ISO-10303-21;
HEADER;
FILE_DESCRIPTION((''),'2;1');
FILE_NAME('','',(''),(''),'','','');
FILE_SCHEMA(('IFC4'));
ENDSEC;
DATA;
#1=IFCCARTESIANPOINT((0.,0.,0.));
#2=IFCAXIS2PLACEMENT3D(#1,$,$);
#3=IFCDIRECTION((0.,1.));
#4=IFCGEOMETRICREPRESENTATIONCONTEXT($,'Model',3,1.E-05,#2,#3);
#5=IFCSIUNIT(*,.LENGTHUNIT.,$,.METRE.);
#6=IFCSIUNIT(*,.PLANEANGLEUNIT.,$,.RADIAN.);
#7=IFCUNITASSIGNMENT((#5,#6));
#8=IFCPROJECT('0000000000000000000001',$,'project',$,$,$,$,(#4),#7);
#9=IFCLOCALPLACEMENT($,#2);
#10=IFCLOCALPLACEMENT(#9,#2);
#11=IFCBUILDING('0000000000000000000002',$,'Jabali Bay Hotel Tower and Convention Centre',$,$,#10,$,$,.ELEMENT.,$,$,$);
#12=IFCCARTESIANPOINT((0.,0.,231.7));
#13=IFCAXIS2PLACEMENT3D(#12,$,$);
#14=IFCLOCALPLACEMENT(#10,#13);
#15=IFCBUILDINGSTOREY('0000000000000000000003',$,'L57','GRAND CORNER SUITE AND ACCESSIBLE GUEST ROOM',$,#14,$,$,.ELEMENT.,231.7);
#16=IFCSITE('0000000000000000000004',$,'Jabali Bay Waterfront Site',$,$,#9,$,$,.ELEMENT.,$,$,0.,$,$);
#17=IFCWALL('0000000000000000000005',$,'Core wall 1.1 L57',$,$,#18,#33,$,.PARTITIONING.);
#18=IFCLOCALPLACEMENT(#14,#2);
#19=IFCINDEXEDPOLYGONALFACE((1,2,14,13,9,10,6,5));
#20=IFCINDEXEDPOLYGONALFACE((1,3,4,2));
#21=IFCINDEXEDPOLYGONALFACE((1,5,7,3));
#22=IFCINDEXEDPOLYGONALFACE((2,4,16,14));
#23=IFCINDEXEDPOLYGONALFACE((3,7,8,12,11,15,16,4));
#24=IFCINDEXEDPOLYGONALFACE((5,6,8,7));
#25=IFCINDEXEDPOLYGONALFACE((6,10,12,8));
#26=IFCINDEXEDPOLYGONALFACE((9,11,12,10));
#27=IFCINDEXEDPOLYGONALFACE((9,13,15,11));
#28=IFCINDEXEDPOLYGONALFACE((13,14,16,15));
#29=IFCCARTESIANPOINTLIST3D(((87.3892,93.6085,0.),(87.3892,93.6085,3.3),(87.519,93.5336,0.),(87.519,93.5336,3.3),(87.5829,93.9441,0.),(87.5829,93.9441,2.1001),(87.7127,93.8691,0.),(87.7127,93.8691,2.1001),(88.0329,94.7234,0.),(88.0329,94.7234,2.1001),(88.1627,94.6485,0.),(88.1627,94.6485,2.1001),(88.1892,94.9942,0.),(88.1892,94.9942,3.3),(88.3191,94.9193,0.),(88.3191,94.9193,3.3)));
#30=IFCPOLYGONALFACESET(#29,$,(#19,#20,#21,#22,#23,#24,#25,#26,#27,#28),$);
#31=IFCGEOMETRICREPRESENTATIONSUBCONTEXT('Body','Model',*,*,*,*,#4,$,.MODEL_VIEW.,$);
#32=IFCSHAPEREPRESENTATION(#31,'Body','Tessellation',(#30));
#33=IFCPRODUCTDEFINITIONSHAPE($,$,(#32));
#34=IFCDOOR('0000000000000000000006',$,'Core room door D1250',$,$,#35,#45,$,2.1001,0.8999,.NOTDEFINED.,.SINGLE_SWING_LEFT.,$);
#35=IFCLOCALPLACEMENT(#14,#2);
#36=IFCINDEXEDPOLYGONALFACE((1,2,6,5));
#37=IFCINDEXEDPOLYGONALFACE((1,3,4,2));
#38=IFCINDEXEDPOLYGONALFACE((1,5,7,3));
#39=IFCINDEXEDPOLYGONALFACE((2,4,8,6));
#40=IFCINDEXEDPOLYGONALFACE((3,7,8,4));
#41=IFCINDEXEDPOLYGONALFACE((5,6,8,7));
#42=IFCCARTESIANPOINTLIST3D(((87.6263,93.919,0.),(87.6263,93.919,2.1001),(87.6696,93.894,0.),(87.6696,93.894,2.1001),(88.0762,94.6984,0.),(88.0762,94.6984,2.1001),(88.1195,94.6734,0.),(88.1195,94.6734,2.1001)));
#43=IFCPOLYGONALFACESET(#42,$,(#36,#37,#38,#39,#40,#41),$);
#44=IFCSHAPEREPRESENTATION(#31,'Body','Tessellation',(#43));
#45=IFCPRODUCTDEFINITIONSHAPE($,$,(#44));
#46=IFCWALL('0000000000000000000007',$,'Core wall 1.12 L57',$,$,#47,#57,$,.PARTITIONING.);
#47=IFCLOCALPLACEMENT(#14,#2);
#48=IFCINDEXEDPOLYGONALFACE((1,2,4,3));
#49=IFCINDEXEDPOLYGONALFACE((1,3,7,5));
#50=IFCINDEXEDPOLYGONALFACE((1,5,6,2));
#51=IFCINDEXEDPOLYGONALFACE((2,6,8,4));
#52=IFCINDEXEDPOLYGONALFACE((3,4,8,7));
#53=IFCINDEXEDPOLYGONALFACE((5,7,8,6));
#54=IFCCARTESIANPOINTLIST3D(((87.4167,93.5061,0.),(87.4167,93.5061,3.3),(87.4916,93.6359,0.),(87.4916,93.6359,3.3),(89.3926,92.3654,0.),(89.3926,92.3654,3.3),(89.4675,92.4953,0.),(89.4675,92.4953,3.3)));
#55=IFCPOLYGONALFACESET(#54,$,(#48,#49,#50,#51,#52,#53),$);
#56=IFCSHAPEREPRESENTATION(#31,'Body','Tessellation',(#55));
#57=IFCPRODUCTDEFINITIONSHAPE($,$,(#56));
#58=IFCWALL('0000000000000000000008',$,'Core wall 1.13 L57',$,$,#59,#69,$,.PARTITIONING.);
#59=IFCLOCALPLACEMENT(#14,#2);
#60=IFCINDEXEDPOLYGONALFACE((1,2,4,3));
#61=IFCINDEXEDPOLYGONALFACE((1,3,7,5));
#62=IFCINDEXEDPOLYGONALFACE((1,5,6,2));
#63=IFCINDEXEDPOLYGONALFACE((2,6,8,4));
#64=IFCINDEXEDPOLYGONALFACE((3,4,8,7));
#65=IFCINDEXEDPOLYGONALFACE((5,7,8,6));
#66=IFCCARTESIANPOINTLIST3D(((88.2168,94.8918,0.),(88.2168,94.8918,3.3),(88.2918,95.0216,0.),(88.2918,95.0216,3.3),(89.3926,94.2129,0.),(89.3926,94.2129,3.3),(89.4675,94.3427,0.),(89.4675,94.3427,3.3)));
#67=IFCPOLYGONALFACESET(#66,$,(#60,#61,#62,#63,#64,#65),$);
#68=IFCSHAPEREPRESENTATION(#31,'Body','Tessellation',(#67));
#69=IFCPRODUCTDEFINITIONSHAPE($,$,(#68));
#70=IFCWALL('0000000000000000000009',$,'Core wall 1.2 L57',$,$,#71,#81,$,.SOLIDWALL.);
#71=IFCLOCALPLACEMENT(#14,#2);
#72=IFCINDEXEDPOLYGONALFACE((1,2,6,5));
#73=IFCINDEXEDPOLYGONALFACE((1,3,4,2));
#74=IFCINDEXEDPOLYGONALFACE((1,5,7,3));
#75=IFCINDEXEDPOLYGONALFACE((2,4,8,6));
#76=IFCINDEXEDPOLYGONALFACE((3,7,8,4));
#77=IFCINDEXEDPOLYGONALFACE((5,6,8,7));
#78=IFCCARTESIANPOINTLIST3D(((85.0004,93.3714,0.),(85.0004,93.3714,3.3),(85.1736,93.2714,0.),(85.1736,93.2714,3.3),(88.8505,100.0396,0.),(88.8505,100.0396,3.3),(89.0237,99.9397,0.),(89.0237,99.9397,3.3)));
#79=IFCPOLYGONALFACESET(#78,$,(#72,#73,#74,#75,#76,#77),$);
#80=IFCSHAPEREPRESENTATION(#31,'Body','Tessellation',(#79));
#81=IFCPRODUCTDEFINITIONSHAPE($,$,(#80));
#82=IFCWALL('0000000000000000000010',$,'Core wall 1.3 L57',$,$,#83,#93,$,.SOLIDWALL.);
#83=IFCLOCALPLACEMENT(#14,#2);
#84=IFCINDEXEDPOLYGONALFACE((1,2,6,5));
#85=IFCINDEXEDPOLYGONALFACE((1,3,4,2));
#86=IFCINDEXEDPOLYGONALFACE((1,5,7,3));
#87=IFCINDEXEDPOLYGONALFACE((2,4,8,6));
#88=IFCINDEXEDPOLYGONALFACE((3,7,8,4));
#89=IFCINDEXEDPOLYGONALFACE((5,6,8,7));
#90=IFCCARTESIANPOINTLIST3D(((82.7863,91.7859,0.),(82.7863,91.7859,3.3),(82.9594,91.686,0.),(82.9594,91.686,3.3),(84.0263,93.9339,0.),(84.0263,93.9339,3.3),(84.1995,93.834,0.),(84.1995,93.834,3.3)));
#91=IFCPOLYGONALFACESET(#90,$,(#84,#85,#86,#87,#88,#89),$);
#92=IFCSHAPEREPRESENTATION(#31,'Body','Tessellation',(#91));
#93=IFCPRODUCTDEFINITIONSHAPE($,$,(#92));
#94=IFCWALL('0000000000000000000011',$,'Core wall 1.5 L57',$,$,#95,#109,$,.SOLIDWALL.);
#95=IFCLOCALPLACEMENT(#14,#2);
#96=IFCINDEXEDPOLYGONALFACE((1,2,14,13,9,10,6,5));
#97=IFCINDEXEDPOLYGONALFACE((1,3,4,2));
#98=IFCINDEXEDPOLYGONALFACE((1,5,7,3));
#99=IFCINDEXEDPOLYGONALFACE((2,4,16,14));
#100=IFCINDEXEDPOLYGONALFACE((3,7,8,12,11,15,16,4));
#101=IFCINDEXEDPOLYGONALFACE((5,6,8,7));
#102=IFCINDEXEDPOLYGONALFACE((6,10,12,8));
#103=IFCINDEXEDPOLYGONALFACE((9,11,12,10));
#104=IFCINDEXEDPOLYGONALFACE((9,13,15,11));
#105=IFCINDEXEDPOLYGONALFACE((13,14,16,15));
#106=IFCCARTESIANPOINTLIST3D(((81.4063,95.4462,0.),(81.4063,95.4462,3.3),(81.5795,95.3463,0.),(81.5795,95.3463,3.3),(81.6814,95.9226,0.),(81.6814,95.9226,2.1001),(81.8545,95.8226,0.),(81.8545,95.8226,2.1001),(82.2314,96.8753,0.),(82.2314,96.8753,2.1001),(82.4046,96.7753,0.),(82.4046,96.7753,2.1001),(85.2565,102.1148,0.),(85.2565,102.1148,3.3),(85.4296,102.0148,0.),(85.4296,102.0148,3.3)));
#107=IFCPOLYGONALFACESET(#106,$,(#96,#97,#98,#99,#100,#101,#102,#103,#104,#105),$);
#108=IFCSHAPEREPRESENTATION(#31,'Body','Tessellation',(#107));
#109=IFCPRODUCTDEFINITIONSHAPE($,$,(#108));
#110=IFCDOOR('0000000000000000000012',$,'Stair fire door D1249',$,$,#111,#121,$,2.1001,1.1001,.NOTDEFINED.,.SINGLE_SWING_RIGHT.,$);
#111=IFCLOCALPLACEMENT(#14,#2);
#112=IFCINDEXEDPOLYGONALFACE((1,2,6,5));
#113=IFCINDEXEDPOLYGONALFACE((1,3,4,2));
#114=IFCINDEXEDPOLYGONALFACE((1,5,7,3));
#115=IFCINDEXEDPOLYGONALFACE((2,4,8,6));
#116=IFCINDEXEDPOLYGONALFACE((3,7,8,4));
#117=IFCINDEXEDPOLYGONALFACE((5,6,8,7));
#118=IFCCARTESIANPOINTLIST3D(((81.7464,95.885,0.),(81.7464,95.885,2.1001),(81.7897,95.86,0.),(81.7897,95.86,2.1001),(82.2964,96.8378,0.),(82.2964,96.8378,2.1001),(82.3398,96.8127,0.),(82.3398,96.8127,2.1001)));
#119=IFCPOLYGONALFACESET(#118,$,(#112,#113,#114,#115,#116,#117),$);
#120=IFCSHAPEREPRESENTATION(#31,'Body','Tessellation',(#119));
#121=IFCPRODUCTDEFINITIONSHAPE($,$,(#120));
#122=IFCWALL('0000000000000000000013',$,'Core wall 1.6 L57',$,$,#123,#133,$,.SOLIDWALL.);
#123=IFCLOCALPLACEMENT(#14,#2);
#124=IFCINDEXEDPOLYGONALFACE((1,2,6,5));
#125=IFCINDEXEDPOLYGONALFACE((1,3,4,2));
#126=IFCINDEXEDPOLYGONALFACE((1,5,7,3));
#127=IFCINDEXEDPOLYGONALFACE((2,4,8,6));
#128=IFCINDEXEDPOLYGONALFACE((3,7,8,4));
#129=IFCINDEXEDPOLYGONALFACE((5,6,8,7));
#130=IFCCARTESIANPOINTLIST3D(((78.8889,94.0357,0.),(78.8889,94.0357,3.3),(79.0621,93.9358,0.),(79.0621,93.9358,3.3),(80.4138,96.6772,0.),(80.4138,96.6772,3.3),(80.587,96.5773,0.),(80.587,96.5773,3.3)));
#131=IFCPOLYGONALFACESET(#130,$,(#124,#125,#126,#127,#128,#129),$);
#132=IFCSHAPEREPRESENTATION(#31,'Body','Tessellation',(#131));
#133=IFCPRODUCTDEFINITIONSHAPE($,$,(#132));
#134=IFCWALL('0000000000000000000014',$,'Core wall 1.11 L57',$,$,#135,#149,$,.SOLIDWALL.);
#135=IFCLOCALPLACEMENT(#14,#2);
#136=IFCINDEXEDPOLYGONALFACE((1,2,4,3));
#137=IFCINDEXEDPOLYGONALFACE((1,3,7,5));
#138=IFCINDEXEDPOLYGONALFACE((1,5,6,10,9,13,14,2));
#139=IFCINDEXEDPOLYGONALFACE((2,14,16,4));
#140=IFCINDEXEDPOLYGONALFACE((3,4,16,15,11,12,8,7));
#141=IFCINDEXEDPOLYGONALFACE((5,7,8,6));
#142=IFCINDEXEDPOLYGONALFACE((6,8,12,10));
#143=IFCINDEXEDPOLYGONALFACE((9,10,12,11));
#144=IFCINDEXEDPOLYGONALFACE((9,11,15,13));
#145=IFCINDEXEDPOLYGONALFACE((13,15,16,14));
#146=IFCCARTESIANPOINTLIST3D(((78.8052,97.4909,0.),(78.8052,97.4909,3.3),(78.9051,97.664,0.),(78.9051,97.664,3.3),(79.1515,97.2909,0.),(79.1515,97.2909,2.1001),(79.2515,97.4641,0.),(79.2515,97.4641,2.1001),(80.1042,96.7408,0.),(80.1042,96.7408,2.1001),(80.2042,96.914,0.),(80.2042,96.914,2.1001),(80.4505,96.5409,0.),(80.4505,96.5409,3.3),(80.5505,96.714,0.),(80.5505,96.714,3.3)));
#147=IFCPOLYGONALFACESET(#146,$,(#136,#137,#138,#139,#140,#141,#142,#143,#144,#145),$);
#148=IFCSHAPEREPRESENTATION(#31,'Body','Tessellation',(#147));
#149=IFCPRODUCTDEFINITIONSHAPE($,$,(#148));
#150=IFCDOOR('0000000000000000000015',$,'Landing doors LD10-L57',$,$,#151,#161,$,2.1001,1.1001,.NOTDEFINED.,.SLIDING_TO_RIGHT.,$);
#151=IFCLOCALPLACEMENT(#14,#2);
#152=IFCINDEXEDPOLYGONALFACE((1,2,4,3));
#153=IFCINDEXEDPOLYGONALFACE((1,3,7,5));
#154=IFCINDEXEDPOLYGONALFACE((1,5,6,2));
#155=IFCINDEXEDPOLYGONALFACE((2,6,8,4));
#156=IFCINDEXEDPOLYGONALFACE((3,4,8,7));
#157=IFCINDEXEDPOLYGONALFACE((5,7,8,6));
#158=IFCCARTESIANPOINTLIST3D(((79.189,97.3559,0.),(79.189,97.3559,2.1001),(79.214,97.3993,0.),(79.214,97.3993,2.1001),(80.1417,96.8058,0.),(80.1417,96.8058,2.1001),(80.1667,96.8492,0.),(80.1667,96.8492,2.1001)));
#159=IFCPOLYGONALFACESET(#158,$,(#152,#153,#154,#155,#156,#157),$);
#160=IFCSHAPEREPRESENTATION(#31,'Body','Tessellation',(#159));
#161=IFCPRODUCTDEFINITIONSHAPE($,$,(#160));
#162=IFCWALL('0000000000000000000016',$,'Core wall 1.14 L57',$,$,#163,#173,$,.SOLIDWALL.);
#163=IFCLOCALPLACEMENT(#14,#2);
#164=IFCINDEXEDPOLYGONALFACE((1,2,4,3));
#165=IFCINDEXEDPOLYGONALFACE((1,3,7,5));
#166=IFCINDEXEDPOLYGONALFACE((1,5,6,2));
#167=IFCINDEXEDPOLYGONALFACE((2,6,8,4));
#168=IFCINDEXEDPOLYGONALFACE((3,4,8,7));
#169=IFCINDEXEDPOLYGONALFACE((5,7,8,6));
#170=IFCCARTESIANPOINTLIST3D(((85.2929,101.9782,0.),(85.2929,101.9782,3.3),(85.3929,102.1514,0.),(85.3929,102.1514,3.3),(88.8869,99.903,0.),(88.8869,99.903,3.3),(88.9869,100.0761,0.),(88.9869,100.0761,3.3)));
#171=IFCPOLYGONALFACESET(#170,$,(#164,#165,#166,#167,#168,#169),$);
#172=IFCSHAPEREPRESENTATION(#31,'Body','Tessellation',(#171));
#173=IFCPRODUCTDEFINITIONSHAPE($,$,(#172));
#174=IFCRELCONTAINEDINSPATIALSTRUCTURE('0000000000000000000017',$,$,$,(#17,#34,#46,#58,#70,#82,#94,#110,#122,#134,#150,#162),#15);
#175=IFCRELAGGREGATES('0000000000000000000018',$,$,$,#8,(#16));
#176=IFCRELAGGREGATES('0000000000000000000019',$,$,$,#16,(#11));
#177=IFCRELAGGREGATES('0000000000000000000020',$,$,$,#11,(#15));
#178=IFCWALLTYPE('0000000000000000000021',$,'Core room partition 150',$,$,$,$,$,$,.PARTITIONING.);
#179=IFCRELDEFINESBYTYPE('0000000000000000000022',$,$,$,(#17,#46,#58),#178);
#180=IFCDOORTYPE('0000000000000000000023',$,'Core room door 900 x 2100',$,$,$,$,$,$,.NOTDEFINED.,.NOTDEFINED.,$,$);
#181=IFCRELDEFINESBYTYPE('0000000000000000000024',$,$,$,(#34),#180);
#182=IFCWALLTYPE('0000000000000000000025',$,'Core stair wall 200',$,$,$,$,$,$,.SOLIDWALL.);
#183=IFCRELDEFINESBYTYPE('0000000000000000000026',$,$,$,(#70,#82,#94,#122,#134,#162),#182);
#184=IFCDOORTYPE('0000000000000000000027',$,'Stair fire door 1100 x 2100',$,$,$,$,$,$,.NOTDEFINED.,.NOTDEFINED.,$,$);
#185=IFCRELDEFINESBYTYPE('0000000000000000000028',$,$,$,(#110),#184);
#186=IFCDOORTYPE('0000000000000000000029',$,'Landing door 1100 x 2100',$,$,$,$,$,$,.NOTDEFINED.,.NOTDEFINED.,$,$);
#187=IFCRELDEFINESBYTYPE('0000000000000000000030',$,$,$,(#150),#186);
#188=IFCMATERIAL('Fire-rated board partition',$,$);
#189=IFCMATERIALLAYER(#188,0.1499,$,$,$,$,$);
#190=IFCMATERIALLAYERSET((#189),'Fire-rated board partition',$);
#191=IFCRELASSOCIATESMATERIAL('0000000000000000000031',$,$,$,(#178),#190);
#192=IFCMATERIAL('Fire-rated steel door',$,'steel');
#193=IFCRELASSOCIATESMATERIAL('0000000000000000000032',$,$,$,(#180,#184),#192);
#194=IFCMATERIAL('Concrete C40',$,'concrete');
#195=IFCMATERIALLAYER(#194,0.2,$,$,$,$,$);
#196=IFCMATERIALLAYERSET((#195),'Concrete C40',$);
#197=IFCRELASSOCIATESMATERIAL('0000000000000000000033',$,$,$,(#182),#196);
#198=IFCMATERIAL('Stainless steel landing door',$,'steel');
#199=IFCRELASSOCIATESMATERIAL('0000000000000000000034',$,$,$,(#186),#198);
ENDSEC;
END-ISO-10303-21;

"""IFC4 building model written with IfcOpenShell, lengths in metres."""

from ifc_helpers import new_model, si_unit, direction, frame, frame_2d, origin, place, context, subcontext, project, spatial, rectangle, extrude, material, layer, layer_set, type_object, element, fill, save


model = new_model("IFC4")

# Units and contexts
model_context = context("Model", 3, precision=1e-05, world=origin(), true_north=direction((0.0, 1.0)))
body_context = subcontext(model_context, "Body", "Model", "MODEL_VIEW")
ifc_project = project(units=[si_unit("LENGTHUNIT", "METRE"), si_unit("PLANEANGLEUNIT", "RADIAN")], contexts=[model_context])

# Site, building, storey
site_placement = place(None, origin())
site = spatial("IfcSite", under=ifc_project, at=site_placement, Name="Jabali Bay Waterfront Site", CompositionType="ELEMENT", RefElevation=0.0)
building_placement = place(site_placement, origin())
building = spatial("IfcBuilding", under=site, at=building_placement, Name="Jabali Bay Hotel Tower and Convention Centre", CompositionType="ELEMENT")
storey_placement = place(building_placement, frame((0.0, 0.0, 231.7)))
storey = spatial("IfcBuildingStorey", under=building, at=storey_placement, Name="L57", Description="GRAND CORNER SUITE AND ACCESSIBLE GUEST ROOM", CompositionType="ELEMENT", Elevation=231.7)

# Wall, opening, door
ifc_material_1 = material(Name="Fire-rated board partition")
ifc_layer_1 = layer(ifc_material_1, 0.1499)
ifc_layer_set_1 = layer_set([ifc_layer_1], Name="Fire-rated board partition")
wall_type_1 = type_object("IfcWallType", Name="Core room partition 150", PredefinedType="PARTITIONING", material=ifc_layer_set_1)
wall_1_placement = place(storey_placement, frame((87.4541, 93.571, 0.0), z_axis=(0.0, 0.0, 1.0), x_axis=(0.499995, 0.866028, 0.0)))
wall_1 = element("IfcWall", 1, at=wall_1_placement, inside=storey, type_object=wall_type_1, Name="Core wall 1.1 L57", PredefinedType="PARTITIONING", context=body_context, shape_type="SweptSolid", body=[
    extrude(rectangle(XDim=1.6001, YDim=0.1499, at=frame_2d((0.8, 0.0))), origin(), (0.0, 0.0, 1.0), 3.3),
])
opening_1_placement = place(wall_1_placement, frame((0.3875, 0.0, 0.0)))
opening_1 = element("IfcOpeningElement", 2, at=opening_1_placement, cuts=wall_1, PredefinedType="OPENING", context=body_context, shape_type="SweptSolid", body=[
    extrude(rectangle(XDim=0.8999, YDim=2.1001, at=frame_2d((0.45, 1.05))), frame((0.0, 0.0854, 0.0), z_axis=(0.0, -1.0, 0.0), x_axis=(1.0, 0.0, 0.0)), (0.0, 0.0, 1.0), 0.1709),
])
ifc_material_2 = material(Name="Fire-rated steel door", Category="steel")
door_type_1 = type_object("IfcDoorType", Name="Core room door 900 x 2100", OperationType="NOTDEFINED", PredefinedType="NOTDEFINED", material=ifc_material_2)
door_1_placement = place(opening_1_placement, origin())
door_1 = element("IfcDoor", 3, at=door_1_placement, inside=storey, type_object=door_type_1, Name="Core room door D1250", OperationType="SINGLE_SWING_LEFT", OverallHeight=2.1001, OverallWidth=0.8999, PredefinedType="NOTDEFINED", context=body_context, shape_type="SweptSolid", body=[
    extrude(rectangle(XDim=0.8999, YDim=2.1001, at=frame_2d((0.45, 1.05))), frame((0.0, 0.0249, 0.0), z_axis=(0.0, -1.0, 0.0), x_axis=(1.0, 0.0, 0.0)), (0.0, 0.0, 1.0), 0.05),
])
fill(opening_1, door_1)

# Walls
wall_2_placement = place(storey_placement, frame((89.4299, 92.4304, 0.0), z_axis=(0.0, 0.0, 1.0), x_axis=(-0.866048, 0.49996, 0.0)))
element("IfcWall", 4, at=wall_2_placement, inside=storey, type_object=wall_type_1, Name="Core wall 1.12 L57", PredefinedType="PARTITIONING", context=body_context, shape_type="SweptSolid", body=[
    extrude(rectangle(XDim=2.2815, YDim=0.1499, at=frame_2d((1.1406, 0.0))), origin(), (0.0, 0.0, 1.0), 3.3),
])
wall_3_placement = place(storey_placement, frame((89.4299, 94.2778, 0.0), z_axis=(0.0, 0.0, 1.0), x_axis=(-0.865988, 0.500065, 0.0)))
element("IfcWall", 5, at=wall_3_placement, inside=storey, type_object=wall_type_1, Name="Core wall 1.13 L57", PredefinedType="PARTITIONING", context=body_context, shape_type="SweptSolid", body=[
    extrude(rectangle(XDim=1.3577, YDim=0.1499, at=frame_2d((0.6787, 0.0))), origin(), (0.0, 0.0, 1.0), 3.3),
])
ifc_material_3 = material(Name="Concrete C40", Category="concrete")
ifc_layer_2 = layer(ifc_material_3, 0.2)
ifc_layer_set_2 = layer_set([ifc_layer_2], Name="Concrete C40")
wall_type_2 = type_object("IfcWallType", Name="Core stair wall 200", PredefinedType="SOLIDWALL", material=ifc_layer_set_2)
wall_4_placement = place(storey_placement, frame((85.0869, 93.3213, 0.0), z_axis=(0.0, 0.0, 1.0), x_axis=(0.50002, 0.866014, 0.0)))
element("IfcWall", 6, at=wall_4_placement, inside=storey, type_object=wall_type_2, Name="Core wall 1.2 L57", PredefinedType="SOLIDWALL", context=body_context, shape_type="SweptSolid", body=[
    extrude(rectangle(XDim=7.7, YDim=0.2, at=frame_2d((3.8501, 0.0))), origin(), (0.0, 0.0, 1.0), 3.3),
])
wall_5_placement = place(storey_placement, frame((82.8728, 91.7358, 0.0), z_axis=(0.0, 0.0, 1.0), x_axis=(0.499961, 0.866048, 0.0)))
element("IfcWall", 7, at=wall_5_placement, inside=storey, type_object=wall_type_2, Name="Core wall 1.3 L57", PredefinedType="SOLIDWALL", context=body_context, shape_type="SweptSolid", body=[
    extrude(rectangle(XDim=2.4802, YDim=0.2, at=frame_2d((1.2402, 0.0))), origin(), (0.0, 0.0, 1.0), 3.3),
])

# Wall, opening, door
wall_6_placement = place(storey_placement, frame((81.4929, 95.3962, 0.0), z_axis=(0.0, 0.0, 1.0), x_axis=(0.500006, 0.866022, 0.0)))
wall_6 = element("IfcWall", 8, at=wall_6_placement, inside=storey, type_object=wall_type_2, Name="Core wall 1.5 L57", PredefinedType="SOLIDWALL", context=body_context, shape_type="SweptSolid", body=[
    extrude(rectangle(XDim=7.7002, YDim=0.2, at=frame_2d((3.8501, 0.0))), origin(), (0.0, 0.0, 1.0), 3.3),
])
opening_2_placement = place(wall_6_placement, frame((0.55, 0.0, 0.0)))
opening_2 = element("IfcOpeningElement", 9, at=opening_2_placement, cuts=wall_6, PredefinedType="OPENING", context=body_context, shape_type="SweptSolid", body=[
    extrude(rectangle(XDim=1.1001, YDim=2.1001, at=frame_2d((0.55, 1.05))), frame((0.0, 0.1104, 0.0), z_axis=(0.0, -1.0, 0.0), x_axis=(1.0, 0.0, 0.0)), (0.0, 0.0, 1.0), 0.2209),
])
door_type_2 = type_object("IfcDoorType", Name="Stair fire door 1100 x 2100", OperationType="NOTDEFINED", PredefinedType="NOTDEFINED", material=ifc_material_2)
door_2_placement = place(opening_2_placement, origin())
door_2 = element("IfcDoor", 10, at=door_2_placement, inside=storey, type_object=door_type_2, Name="Stair fire door D1249", OperationType="SINGLE_SWING_RIGHT", OverallHeight=2.1001, OverallWidth=1.1001, PredefinedType="NOTDEFINED", context=body_context, shape_type="SweptSolid", body=[
    extrude(rectangle(XDim=1.1001, YDim=2.1001, at=frame_2d((0.55, 1.05))), frame((0.0, 0.0249, 0.0), z_axis=(0.0, -1.0, 0.0), x_axis=(1.0, 0.0, 0.0)), (0.0, 0.0, 1.0), 0.05),
])
fill(opening_2, door_2)

# Wall
wall_7_placement = place(storey_placement, frame((78.9756, 93.9858, 0.0), z_axis=(0.0, 0.0, 1.0), x_axis=(0.499944, 0.866058, 0.0)))
element("IfcWall", 11, at=wall_7_placement, inside=storey, type_object=wall_type_2, Name="Core wall 1.6 L57", PredefinedType="SOLIDWALL", context=body_context, shape_type="SweptSolid", body=[
    extrude(rectangle(XDim=3.05, YDim=0.2, at=frame_2d((1.5249, 0.0))), origin(), (0.0, 0.0, 1.0), 3.3),
])

# Wall, opening, door
wall_8_placement = place(storey_placement, frame((80.5005, 96.6274, 0.0), z_axis=(0.0, 0.0, 1.0), x_axis=(-0.866012, 0.500023, 0.0)))
wall_8 = element("IfcWall", 12, at=wall_8_placement, inside=storey, type_object=wall_type_2, Name="Core wall 1.11 L57", PredefinedType="SOLIDWALL", context=body_context, shape_type="SweptSolid", body=[
    extrude(rectangle(XDim=1.8999, YDim=0.2, at=frame_2d((0.95, 0.0))), origin(), (0.0, 0.0, 1.0), 3.3),
])
opening_3_placement = place(wall_8_placement, frame((0.3999, 0.0, 0.0)))
opening_3 = element("IfcOpeningElement", 13, at=opening_3_placement, cuts=wall_8, PredefinedType="OPENING", context=body_context, shape_type="SweptSolid", body=[
    extrude(rectangle(XDim=1.1001, YDim=2.1001, at=frame_2d((0.55, 1.05))), frame((0.0, 0.1104, 0.0), z_axis=(0.0, -1.0, 0.0), x_axis=(1.0, 0.0, 0.0)), (0.0, 0.0, 1.0), 0.2209),
])
ifc_material_4 = material(Name="Stainless steel landing door", Category="steel")
door_type_3 = type_object("IfcDoorType", Name="Landing door 1100 x 2100", OperationType="NOTDEFINED", PredefinedType="NOTDEFINED", material=ifc_material_4)
door_3_placement = place(opening_3_placement, origin())
door_3 = element("IfcDoor", 14, at=door_3_placement, inside=storey, type_object=door_type_3, Name="Landing doors LD10-L57", OperationType="SLIDING_TO_RIGHT", OverallHeight=2.1001, OverallWidth=1.1001, PredefinedType="NOTDEFINED", context=body_context, shape_type="SweptSolid", body=[
    extrude(rectangle(XDim=1.1001, YDim=2.1001, at=frame_2d((0.55, 1.05))), frame((0.0, 0.0249, 0.0), z_axis=(0.0, -1.0, 0.0), x_axis=(1.0, 0.0, 0.0)), (0.0, 0.0, 1.0), 0.05),
])
fill(opening_3, door_3)

# Wall
wall_9_placement = place(storey_placement, frame((88.937, 99.9895, 0.0), z_axis=(0.0, 0.0, 1.0), x_axis=(-0.866004, 0.500036, 0.0)))
element("IfcWall", 15, at=wall_9_placement, inside=storey, type_object=wall_type_2, Name="Core wall 1.14 L57", PredefinedType="SOLIDWALL", context=body_context, shape_type="SweptSolid", body=[
    extrude(rectangle(XDim=4.1501, YDim=0.2, at=frame_2d((2.0752, 0.0))), origin(), (0.0, 0.0, 1.0), 3.3),
])

save(model, "model.ifc")
